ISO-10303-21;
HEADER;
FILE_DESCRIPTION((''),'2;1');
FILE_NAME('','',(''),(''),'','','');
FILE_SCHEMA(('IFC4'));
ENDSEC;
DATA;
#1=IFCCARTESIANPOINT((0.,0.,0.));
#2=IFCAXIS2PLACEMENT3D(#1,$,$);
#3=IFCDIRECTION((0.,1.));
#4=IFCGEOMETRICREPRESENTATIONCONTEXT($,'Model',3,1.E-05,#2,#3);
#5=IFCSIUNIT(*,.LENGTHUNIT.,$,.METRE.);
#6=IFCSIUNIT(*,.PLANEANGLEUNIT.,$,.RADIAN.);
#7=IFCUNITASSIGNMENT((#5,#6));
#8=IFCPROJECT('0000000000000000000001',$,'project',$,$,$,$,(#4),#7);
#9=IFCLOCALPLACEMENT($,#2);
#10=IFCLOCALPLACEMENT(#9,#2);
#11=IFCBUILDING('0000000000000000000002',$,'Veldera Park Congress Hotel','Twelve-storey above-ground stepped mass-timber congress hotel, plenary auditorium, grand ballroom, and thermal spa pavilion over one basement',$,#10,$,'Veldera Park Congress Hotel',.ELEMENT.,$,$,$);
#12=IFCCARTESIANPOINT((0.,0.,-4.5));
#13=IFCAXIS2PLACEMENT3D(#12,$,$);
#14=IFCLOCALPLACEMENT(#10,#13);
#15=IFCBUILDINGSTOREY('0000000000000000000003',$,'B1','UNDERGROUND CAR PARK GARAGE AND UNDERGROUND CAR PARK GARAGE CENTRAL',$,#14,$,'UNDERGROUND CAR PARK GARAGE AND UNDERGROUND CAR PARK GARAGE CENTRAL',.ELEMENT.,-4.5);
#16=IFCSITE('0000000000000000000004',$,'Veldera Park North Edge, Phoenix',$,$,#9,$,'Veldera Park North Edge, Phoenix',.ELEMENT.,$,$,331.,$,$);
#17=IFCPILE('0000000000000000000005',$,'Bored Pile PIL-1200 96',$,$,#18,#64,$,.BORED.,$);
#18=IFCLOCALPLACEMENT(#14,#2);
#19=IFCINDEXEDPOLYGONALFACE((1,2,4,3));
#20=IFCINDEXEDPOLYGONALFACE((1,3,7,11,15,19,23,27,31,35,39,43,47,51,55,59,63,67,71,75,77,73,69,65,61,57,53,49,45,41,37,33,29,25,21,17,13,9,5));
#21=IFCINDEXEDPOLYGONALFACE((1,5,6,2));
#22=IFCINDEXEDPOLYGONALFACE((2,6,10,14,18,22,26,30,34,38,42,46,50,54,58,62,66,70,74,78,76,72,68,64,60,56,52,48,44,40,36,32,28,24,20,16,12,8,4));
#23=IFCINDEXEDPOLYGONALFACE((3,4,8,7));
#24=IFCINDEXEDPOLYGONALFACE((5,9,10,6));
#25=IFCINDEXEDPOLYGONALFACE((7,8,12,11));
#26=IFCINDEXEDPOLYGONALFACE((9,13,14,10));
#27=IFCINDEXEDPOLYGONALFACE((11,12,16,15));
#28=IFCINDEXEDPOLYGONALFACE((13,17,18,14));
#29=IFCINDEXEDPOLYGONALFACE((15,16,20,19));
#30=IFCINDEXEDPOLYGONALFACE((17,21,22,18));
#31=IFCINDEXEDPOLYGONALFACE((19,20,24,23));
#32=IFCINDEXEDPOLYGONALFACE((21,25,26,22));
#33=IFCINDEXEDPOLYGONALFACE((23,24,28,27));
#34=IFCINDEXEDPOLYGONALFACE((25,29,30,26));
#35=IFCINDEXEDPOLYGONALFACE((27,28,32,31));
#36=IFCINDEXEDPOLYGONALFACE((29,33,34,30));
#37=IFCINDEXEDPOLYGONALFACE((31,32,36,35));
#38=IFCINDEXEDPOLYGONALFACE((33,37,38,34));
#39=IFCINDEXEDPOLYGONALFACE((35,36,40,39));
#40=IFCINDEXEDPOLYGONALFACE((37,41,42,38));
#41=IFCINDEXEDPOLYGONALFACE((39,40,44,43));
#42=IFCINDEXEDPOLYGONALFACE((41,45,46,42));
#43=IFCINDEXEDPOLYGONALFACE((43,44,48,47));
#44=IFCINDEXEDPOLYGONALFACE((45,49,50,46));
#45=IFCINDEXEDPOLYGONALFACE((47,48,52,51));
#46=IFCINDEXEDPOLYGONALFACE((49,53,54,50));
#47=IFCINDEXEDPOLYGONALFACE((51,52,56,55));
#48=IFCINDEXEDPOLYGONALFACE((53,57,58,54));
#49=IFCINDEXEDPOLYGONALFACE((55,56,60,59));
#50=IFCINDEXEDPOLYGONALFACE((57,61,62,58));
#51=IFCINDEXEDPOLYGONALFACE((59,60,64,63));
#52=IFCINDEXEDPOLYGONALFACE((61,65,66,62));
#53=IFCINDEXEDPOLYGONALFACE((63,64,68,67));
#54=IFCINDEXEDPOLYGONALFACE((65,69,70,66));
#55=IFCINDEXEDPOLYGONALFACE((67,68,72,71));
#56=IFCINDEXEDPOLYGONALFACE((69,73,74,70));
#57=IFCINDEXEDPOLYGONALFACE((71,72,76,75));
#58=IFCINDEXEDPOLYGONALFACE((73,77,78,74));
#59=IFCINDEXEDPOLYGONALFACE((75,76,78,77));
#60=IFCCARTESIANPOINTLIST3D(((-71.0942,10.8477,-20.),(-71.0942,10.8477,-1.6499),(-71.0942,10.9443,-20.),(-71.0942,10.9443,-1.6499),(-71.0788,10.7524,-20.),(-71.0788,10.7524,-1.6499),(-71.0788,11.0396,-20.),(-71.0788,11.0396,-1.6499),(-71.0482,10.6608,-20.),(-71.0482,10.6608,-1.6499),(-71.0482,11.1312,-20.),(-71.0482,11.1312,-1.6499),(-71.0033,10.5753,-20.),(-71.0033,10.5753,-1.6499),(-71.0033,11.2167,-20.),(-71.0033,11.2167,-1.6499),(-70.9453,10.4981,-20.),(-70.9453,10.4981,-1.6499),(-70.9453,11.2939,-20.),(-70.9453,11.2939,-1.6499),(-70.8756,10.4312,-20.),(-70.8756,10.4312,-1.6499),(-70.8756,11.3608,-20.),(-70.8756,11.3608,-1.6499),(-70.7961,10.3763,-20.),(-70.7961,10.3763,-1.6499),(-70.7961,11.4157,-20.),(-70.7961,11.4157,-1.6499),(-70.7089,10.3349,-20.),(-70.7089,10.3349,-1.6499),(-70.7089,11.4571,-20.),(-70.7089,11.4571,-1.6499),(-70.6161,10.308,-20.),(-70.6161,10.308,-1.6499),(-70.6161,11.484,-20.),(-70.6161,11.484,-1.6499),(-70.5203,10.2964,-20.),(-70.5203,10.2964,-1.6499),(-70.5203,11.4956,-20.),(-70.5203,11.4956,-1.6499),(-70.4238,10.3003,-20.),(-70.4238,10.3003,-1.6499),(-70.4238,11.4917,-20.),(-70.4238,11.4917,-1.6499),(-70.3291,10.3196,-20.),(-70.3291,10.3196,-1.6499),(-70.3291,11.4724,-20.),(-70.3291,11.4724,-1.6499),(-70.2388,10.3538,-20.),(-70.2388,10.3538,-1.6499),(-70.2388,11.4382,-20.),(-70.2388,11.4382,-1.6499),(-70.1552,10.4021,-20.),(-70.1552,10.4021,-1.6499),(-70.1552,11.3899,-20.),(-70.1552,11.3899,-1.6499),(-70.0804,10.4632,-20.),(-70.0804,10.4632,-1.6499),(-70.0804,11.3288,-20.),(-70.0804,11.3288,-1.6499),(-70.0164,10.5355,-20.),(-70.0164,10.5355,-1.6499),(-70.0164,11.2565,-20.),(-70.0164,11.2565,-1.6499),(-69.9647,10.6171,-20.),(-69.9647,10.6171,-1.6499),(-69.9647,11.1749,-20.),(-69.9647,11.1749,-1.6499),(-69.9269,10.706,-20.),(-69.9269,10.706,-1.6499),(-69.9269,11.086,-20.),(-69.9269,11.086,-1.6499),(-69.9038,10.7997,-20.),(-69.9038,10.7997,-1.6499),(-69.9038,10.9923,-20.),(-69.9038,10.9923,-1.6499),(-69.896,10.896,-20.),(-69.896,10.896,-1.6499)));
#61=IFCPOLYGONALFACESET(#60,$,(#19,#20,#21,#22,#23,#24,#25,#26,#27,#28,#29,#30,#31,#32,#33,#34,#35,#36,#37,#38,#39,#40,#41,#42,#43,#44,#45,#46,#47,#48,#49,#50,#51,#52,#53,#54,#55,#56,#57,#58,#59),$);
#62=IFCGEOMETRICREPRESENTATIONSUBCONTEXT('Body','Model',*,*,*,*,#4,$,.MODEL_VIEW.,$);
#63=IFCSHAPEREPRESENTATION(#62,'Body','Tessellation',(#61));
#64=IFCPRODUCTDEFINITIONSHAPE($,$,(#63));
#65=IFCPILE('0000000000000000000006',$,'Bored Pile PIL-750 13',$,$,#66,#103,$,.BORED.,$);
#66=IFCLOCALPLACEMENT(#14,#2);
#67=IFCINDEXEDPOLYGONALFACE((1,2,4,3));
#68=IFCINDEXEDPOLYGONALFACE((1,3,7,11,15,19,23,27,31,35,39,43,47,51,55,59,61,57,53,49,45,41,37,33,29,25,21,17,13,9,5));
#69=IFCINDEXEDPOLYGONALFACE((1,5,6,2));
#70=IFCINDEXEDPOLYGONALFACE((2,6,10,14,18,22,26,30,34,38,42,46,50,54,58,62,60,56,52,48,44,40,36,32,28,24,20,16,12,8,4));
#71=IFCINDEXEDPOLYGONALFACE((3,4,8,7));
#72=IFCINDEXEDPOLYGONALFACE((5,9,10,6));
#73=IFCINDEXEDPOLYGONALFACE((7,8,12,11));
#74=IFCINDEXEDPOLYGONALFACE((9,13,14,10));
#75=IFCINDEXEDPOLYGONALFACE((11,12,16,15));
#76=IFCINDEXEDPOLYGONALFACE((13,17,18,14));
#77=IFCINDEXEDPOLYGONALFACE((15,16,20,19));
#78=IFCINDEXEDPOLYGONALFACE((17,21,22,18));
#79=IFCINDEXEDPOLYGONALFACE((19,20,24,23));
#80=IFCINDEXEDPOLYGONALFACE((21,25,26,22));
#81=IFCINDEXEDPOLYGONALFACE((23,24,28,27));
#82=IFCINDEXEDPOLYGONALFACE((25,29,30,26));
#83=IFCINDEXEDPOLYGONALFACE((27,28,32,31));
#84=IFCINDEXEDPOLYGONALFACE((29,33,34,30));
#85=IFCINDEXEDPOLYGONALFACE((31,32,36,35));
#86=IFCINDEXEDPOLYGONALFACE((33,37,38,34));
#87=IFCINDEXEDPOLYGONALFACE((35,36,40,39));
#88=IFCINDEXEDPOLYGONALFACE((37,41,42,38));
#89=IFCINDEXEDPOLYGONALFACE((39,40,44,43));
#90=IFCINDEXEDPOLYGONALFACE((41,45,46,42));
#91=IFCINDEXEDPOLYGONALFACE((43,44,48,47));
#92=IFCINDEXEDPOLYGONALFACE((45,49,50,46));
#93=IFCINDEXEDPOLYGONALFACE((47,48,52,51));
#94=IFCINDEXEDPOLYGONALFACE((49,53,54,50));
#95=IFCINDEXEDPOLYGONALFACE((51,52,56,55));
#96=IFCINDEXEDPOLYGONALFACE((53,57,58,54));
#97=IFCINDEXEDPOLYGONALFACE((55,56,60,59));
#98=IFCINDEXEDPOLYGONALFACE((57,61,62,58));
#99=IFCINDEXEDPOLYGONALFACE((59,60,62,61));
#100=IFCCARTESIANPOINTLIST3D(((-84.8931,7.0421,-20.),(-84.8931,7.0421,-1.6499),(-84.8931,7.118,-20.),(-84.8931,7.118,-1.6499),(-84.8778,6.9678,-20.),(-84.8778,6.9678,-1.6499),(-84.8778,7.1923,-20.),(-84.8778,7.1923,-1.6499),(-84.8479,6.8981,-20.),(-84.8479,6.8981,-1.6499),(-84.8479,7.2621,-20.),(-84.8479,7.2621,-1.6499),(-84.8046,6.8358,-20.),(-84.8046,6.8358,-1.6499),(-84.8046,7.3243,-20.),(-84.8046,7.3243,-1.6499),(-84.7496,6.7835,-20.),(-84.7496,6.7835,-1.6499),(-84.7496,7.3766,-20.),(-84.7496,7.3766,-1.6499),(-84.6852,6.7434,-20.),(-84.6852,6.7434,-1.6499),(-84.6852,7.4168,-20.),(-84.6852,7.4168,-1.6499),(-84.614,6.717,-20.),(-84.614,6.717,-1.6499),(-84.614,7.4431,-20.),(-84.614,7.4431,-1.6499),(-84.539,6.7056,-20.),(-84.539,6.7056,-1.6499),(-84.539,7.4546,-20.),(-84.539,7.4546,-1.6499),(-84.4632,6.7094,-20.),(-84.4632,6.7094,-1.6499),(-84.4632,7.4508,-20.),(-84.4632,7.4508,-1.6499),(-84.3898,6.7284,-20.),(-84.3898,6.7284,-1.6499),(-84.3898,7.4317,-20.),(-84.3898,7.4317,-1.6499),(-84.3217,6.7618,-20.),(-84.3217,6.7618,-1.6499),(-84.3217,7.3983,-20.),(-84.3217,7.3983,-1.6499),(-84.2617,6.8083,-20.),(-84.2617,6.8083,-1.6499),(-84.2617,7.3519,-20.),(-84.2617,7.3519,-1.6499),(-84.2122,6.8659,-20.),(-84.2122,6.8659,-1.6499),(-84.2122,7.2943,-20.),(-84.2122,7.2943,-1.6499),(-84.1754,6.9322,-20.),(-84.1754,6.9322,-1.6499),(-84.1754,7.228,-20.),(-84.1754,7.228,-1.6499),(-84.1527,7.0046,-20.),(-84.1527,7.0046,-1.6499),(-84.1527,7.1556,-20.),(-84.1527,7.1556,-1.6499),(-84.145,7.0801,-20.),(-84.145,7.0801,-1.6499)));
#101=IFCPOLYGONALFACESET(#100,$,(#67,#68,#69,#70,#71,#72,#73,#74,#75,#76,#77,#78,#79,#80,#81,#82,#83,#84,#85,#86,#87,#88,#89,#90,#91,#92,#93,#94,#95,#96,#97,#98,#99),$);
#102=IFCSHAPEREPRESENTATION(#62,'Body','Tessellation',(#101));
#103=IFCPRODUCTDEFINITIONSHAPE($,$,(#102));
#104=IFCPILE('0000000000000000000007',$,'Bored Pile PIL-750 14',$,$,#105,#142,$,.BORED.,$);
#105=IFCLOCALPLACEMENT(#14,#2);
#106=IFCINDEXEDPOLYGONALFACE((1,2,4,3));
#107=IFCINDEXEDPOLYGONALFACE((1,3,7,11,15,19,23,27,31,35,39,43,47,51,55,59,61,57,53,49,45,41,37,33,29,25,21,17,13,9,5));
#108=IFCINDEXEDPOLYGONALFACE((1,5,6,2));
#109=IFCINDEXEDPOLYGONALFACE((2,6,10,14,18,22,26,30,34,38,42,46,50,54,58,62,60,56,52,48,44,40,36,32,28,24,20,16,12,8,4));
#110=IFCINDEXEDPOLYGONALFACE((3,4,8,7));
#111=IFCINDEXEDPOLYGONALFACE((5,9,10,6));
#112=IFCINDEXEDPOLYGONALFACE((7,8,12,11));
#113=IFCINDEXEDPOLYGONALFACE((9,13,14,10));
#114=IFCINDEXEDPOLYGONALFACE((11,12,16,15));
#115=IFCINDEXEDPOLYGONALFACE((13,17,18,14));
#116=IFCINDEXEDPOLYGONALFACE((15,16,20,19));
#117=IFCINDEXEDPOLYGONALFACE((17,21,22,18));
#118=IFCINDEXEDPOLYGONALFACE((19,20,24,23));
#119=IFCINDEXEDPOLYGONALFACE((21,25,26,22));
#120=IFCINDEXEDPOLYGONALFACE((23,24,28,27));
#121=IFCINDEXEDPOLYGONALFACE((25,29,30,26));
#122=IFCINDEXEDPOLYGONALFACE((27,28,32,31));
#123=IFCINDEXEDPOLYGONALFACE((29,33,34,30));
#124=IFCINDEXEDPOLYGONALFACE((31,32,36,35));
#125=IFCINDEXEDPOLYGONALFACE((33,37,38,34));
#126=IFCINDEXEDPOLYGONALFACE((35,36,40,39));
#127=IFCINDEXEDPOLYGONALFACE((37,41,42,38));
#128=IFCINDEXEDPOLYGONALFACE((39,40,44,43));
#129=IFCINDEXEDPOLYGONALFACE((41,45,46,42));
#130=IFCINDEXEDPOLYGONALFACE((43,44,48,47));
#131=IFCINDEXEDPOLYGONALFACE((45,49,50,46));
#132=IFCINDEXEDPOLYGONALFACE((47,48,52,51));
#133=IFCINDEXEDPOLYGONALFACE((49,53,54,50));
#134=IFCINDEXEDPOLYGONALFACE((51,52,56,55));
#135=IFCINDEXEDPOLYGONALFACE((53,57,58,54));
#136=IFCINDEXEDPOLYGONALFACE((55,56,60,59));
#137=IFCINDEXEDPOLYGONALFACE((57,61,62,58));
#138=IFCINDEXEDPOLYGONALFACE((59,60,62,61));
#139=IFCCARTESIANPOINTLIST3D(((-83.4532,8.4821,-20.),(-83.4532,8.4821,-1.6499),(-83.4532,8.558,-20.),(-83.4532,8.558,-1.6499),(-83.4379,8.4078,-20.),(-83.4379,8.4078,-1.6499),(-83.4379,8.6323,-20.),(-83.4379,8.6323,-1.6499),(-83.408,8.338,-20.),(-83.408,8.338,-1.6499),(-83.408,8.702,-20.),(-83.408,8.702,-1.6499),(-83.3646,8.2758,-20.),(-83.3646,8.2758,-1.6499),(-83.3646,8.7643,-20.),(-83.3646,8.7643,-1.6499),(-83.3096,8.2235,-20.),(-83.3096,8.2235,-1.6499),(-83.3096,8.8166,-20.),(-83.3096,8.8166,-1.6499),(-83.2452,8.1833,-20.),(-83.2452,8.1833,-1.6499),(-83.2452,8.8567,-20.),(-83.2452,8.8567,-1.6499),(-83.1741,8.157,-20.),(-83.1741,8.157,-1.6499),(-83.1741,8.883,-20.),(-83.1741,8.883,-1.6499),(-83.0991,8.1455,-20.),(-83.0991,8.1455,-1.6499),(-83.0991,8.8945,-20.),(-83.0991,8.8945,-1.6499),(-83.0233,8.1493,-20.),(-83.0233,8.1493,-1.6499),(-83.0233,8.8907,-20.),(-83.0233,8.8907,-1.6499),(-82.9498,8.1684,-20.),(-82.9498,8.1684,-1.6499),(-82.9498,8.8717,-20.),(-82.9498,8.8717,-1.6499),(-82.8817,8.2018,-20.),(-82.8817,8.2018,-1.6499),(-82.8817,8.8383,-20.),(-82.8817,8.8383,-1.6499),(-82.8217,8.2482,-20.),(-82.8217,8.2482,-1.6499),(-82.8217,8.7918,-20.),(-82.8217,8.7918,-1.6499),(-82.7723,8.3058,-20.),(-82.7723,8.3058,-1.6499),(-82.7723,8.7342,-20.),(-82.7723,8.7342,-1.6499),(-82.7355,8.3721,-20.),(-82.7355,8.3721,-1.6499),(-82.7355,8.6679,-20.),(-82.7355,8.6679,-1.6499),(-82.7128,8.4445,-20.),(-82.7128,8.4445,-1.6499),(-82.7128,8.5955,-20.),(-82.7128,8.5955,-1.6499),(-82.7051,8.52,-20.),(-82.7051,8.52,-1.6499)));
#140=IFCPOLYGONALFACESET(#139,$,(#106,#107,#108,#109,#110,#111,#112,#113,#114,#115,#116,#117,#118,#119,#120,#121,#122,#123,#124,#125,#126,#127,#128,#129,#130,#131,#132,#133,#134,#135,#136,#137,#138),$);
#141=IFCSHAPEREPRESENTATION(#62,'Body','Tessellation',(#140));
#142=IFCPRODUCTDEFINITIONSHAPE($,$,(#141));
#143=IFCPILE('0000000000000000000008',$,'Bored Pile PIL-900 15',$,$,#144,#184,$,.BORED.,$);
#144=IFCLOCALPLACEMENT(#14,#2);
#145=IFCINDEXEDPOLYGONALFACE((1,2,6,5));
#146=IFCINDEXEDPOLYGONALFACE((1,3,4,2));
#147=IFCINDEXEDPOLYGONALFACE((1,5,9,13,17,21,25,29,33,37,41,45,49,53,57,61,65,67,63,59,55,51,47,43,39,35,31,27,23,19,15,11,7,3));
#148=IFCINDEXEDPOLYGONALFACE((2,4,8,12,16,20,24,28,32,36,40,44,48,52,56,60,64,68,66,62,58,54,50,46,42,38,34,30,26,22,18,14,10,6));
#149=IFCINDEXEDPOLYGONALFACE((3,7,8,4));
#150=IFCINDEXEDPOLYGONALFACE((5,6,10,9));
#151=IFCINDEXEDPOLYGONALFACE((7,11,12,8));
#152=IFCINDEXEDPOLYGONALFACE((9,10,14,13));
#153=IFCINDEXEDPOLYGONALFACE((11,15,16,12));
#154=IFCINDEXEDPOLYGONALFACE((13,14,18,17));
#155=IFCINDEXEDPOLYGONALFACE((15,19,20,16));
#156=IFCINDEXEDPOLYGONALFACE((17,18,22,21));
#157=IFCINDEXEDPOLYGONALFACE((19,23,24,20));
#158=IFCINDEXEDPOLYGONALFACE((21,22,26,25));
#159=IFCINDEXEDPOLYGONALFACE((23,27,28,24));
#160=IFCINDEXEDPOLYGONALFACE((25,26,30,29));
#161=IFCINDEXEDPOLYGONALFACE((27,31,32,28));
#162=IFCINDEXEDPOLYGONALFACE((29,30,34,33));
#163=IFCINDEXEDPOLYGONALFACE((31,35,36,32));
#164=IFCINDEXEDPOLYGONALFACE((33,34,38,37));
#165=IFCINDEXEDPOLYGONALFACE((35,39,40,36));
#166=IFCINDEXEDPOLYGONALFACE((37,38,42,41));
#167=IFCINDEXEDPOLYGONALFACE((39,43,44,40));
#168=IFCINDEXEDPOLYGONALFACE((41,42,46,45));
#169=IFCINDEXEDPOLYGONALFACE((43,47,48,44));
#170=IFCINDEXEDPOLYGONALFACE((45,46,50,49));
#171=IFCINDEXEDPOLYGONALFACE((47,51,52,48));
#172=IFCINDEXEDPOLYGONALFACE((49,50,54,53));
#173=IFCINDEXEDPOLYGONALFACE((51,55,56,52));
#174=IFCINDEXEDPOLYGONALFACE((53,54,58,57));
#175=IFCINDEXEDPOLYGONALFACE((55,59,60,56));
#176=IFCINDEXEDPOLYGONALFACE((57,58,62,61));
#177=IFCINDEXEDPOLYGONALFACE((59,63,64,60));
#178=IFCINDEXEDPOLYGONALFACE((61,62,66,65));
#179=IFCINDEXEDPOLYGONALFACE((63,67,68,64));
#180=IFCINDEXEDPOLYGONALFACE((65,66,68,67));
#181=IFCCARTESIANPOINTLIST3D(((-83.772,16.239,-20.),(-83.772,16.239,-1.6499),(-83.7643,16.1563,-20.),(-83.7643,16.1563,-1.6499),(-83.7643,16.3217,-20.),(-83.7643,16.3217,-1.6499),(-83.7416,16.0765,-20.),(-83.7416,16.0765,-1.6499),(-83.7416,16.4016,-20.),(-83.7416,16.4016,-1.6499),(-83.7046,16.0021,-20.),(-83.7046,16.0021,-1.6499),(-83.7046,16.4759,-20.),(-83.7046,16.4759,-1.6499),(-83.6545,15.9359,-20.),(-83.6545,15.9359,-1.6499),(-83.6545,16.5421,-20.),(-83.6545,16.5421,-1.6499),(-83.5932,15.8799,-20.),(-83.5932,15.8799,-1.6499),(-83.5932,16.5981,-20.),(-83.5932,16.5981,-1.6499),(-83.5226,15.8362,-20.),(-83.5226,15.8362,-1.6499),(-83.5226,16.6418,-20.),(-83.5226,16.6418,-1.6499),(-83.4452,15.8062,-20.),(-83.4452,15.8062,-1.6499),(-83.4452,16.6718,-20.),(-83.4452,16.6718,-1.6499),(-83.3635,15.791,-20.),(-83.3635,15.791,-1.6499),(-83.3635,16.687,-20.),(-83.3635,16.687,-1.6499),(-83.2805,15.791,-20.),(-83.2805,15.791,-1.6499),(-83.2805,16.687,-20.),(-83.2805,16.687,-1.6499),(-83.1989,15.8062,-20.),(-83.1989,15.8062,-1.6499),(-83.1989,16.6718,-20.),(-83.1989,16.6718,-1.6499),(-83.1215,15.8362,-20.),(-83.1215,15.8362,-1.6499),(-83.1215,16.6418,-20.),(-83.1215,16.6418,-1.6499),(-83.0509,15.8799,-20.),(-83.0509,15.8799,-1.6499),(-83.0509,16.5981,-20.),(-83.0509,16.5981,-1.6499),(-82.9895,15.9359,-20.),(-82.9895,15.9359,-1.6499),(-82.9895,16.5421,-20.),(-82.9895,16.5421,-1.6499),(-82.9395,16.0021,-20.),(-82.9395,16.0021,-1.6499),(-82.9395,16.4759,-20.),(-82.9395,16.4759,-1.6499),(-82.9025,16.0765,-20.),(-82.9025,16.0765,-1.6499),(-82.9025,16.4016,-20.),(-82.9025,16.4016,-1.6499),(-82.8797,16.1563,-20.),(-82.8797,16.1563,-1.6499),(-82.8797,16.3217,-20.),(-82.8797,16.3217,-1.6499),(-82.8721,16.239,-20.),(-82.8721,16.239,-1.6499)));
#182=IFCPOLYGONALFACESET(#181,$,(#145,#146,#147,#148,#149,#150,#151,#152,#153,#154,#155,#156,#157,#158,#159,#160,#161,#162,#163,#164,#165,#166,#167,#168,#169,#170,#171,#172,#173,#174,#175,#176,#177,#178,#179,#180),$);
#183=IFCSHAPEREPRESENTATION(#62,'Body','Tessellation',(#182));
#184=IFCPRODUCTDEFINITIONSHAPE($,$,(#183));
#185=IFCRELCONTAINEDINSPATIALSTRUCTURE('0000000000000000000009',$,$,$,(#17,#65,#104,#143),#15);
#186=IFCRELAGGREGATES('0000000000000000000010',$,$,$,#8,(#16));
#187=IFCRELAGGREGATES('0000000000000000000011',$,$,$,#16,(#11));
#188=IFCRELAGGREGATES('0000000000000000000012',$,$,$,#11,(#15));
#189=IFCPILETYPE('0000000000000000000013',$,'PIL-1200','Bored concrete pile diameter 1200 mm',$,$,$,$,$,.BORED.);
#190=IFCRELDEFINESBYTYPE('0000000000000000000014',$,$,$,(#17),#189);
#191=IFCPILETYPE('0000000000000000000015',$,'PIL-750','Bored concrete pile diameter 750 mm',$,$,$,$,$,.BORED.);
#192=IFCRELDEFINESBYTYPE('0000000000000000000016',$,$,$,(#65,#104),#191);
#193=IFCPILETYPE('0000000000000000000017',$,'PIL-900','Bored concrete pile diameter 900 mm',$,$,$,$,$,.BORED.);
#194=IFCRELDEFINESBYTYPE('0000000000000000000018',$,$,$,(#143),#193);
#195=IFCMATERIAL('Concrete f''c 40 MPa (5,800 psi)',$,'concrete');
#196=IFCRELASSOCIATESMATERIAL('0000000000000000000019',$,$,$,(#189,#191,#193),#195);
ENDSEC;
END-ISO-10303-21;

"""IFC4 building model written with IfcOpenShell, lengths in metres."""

from ifc_helpers import new_model, si_unit, direction, frame, origin, origin_2d, place, context, subcontext, project, spatial, circle, extrude, material, material_profile, profile_set, type_object, element, save


model = new_model("IFC4")

# Units and contexts
model_context = context("Model", 3, precision=1e-05, world=origin(), true_north=direction((0.0, 1.0)))
body_context = subcontext(model_context, "Body", "Model", "MODEL_VIEW")
ifc_project = project(units=[si_unit("LENGTHUNIT", "METRE"), si_unit("PLANEANGLEUNIT", "RADIAN")], contexts=[model_context])

# Site, building, storey
site_placement = place(None, origin())
site = spatial("IfcSite", under=ifc_project, at=site_placement, Name="Veldera Park North Edge, Phoenix", LongName="Veldera Park North Edge, Phoenix", CompositionType="ELEMENT", RefElevation=331.0)
building_placement = place(site_placement, origin())
building = spatial("IfcBuilding", under=site, at=building_placement, Name="Veldera Park Congress Hotel", Description="Twelve-storey above-ground stepped mass-timber congress hotel, plenary auditorium, grand ballroom, and thermal spa pavilion over one basement", LongName="Veldera Park Congress Hotel", CompositionType="ELEMENT")
storey_placement = place(building_placement, frame((0.0, 0.0, -4.5)))
storey = spatial("IfcBuildingStorey", under=building, at=storey_placement, Name="B1", Description="UNDERGROUND CAR PARK GARAGE AND UNDERGROUND CAR PARK GARAGE CENTRAL", LongName="UNDERGROUND CAR PARK GARAGE AND UNDERGROUND CAR PARK GARAGE CENTRAL", CompositionType="ELEMENT", Elevation=-4.5)

# Shared definitions
ifc_material_1 = material(Name="Concrete f'c 40 MPa (5,800 psi)", Category="concrete")

# Piles
ifc_material_profile_1 = material_profile(ifc_material_1, circle(Radius=0.6001, at=origin_2d()), Name="PILE D1200")
ifc_profile_set_1 = profile_set([ifc_material_profile_1], Name="Concrete f'c 40 MPa (5,800 psi)")
pile_type_1 = type_object("IfcPileType", Name="PIL-1200", Description="Bored concrete pile diameter 1200 mm", PredefinedType="BORED", material=ifc_profile_set_1)
for number, where, z_axis, x_axis, name in (
    (1, (-70.4961, 10.896, -1.6499), (0.0, 0.0, -1.0), (1.0, 0.0, 0.0), "Bored Pile PIL-1200 96"),
):
    element("IfcPile", number, at=place(storey_placement, frame(where, z_axis=z_axis, x_axis=x_axis)), inside=storey, type_object=pile_type_1, Name=name, PredefinedType="BORED", context=body_context, shape_type="SweptSolid", body=[
        extrude(circle(Radius=0.6001, at=origin_2d()), origin(), (0.0, 0.0, 1.0), 18.3501),
    ])
ifc_material_profile_2 = material_profile(ifc_material_1, circle(Radius=0.375, at=origin_2d()), Name="PILE D750")
ifc_profile_set_2 = profile_set([ifc_material_profile_2], Name="Concrete f'c 40 MPa (5,800 psi)")
pile_type_2 = type_object("IfcPileType", Name="PIL-750", Description="Bored concrete pile diameter 750 mm", PredefinedType="BORED", material=ifc_profile_set_2)
for number, where, z_axis, x_axis, name in (
    (2, (-84.52, 7.0801, -1.6499), (0.0, 0.0, -1.0), (1.0, 0.0, 0.0), "Bored Pile PIL-750 13"),
    (3, (-83.0801, 8.52, -1.6499), (0.0, 0.0, -1.0), (1.0, 0.0, 0.0), "Bored Pile PIL-750 14"),
):
    element("IfcPile", number, at=place(storey_placement, frame(where, z_axis=z_axis, x_axis=x_axis)), inside=storey, type_object=pile_type_2, Name=name, PredefinedType="BORED", context=body_context, shape_type="SweptSolid", body=[
        extrude(circle(Radius=0.375, at=origin_2d()), origin(), (0.0, 0.0, 1.0), 18.3501),
    ])
ifc_material_profile_3 = material_profile(ifc_material_1, circle(Radius=0.45, at=origin_2d()), Name="PILE D900")
ifc_profile_set_3 = profile_set([ifc_material_profile_3], Name="Concrete f'c 40 MPa (5,800 psi)")
pile_type_3 = type_object("IfcPileType", Name="PIL-900", Description="Bored concrete pile diameter 900 mm", PredefinedType="BORED", material=ifc_profile_set_3)
for number, where, z_axis, x_axis, name in (
    (4, (-83.322, 16.239, -1.6499), (0.0, 0.0, -1.0), (1.0, 0.0, 0.0), "Bored Pile PIL-900 15"),
):
    element("IfcPile", number, at=place(storey_placement, frame(where, z_axis=z_axis, x_axis=x_axis)), inside=storey, type_object=pile_type_3, Name=name, PredefinedType="BORED", context=body_context, shape_type="SweptSolid", body=[
        extrude(circle(Radius=0.45, at=origin_2d()), origin(), (0.0, 0.0, 1.0), 18.3501),
    ])

save(model, "model.ifc")
